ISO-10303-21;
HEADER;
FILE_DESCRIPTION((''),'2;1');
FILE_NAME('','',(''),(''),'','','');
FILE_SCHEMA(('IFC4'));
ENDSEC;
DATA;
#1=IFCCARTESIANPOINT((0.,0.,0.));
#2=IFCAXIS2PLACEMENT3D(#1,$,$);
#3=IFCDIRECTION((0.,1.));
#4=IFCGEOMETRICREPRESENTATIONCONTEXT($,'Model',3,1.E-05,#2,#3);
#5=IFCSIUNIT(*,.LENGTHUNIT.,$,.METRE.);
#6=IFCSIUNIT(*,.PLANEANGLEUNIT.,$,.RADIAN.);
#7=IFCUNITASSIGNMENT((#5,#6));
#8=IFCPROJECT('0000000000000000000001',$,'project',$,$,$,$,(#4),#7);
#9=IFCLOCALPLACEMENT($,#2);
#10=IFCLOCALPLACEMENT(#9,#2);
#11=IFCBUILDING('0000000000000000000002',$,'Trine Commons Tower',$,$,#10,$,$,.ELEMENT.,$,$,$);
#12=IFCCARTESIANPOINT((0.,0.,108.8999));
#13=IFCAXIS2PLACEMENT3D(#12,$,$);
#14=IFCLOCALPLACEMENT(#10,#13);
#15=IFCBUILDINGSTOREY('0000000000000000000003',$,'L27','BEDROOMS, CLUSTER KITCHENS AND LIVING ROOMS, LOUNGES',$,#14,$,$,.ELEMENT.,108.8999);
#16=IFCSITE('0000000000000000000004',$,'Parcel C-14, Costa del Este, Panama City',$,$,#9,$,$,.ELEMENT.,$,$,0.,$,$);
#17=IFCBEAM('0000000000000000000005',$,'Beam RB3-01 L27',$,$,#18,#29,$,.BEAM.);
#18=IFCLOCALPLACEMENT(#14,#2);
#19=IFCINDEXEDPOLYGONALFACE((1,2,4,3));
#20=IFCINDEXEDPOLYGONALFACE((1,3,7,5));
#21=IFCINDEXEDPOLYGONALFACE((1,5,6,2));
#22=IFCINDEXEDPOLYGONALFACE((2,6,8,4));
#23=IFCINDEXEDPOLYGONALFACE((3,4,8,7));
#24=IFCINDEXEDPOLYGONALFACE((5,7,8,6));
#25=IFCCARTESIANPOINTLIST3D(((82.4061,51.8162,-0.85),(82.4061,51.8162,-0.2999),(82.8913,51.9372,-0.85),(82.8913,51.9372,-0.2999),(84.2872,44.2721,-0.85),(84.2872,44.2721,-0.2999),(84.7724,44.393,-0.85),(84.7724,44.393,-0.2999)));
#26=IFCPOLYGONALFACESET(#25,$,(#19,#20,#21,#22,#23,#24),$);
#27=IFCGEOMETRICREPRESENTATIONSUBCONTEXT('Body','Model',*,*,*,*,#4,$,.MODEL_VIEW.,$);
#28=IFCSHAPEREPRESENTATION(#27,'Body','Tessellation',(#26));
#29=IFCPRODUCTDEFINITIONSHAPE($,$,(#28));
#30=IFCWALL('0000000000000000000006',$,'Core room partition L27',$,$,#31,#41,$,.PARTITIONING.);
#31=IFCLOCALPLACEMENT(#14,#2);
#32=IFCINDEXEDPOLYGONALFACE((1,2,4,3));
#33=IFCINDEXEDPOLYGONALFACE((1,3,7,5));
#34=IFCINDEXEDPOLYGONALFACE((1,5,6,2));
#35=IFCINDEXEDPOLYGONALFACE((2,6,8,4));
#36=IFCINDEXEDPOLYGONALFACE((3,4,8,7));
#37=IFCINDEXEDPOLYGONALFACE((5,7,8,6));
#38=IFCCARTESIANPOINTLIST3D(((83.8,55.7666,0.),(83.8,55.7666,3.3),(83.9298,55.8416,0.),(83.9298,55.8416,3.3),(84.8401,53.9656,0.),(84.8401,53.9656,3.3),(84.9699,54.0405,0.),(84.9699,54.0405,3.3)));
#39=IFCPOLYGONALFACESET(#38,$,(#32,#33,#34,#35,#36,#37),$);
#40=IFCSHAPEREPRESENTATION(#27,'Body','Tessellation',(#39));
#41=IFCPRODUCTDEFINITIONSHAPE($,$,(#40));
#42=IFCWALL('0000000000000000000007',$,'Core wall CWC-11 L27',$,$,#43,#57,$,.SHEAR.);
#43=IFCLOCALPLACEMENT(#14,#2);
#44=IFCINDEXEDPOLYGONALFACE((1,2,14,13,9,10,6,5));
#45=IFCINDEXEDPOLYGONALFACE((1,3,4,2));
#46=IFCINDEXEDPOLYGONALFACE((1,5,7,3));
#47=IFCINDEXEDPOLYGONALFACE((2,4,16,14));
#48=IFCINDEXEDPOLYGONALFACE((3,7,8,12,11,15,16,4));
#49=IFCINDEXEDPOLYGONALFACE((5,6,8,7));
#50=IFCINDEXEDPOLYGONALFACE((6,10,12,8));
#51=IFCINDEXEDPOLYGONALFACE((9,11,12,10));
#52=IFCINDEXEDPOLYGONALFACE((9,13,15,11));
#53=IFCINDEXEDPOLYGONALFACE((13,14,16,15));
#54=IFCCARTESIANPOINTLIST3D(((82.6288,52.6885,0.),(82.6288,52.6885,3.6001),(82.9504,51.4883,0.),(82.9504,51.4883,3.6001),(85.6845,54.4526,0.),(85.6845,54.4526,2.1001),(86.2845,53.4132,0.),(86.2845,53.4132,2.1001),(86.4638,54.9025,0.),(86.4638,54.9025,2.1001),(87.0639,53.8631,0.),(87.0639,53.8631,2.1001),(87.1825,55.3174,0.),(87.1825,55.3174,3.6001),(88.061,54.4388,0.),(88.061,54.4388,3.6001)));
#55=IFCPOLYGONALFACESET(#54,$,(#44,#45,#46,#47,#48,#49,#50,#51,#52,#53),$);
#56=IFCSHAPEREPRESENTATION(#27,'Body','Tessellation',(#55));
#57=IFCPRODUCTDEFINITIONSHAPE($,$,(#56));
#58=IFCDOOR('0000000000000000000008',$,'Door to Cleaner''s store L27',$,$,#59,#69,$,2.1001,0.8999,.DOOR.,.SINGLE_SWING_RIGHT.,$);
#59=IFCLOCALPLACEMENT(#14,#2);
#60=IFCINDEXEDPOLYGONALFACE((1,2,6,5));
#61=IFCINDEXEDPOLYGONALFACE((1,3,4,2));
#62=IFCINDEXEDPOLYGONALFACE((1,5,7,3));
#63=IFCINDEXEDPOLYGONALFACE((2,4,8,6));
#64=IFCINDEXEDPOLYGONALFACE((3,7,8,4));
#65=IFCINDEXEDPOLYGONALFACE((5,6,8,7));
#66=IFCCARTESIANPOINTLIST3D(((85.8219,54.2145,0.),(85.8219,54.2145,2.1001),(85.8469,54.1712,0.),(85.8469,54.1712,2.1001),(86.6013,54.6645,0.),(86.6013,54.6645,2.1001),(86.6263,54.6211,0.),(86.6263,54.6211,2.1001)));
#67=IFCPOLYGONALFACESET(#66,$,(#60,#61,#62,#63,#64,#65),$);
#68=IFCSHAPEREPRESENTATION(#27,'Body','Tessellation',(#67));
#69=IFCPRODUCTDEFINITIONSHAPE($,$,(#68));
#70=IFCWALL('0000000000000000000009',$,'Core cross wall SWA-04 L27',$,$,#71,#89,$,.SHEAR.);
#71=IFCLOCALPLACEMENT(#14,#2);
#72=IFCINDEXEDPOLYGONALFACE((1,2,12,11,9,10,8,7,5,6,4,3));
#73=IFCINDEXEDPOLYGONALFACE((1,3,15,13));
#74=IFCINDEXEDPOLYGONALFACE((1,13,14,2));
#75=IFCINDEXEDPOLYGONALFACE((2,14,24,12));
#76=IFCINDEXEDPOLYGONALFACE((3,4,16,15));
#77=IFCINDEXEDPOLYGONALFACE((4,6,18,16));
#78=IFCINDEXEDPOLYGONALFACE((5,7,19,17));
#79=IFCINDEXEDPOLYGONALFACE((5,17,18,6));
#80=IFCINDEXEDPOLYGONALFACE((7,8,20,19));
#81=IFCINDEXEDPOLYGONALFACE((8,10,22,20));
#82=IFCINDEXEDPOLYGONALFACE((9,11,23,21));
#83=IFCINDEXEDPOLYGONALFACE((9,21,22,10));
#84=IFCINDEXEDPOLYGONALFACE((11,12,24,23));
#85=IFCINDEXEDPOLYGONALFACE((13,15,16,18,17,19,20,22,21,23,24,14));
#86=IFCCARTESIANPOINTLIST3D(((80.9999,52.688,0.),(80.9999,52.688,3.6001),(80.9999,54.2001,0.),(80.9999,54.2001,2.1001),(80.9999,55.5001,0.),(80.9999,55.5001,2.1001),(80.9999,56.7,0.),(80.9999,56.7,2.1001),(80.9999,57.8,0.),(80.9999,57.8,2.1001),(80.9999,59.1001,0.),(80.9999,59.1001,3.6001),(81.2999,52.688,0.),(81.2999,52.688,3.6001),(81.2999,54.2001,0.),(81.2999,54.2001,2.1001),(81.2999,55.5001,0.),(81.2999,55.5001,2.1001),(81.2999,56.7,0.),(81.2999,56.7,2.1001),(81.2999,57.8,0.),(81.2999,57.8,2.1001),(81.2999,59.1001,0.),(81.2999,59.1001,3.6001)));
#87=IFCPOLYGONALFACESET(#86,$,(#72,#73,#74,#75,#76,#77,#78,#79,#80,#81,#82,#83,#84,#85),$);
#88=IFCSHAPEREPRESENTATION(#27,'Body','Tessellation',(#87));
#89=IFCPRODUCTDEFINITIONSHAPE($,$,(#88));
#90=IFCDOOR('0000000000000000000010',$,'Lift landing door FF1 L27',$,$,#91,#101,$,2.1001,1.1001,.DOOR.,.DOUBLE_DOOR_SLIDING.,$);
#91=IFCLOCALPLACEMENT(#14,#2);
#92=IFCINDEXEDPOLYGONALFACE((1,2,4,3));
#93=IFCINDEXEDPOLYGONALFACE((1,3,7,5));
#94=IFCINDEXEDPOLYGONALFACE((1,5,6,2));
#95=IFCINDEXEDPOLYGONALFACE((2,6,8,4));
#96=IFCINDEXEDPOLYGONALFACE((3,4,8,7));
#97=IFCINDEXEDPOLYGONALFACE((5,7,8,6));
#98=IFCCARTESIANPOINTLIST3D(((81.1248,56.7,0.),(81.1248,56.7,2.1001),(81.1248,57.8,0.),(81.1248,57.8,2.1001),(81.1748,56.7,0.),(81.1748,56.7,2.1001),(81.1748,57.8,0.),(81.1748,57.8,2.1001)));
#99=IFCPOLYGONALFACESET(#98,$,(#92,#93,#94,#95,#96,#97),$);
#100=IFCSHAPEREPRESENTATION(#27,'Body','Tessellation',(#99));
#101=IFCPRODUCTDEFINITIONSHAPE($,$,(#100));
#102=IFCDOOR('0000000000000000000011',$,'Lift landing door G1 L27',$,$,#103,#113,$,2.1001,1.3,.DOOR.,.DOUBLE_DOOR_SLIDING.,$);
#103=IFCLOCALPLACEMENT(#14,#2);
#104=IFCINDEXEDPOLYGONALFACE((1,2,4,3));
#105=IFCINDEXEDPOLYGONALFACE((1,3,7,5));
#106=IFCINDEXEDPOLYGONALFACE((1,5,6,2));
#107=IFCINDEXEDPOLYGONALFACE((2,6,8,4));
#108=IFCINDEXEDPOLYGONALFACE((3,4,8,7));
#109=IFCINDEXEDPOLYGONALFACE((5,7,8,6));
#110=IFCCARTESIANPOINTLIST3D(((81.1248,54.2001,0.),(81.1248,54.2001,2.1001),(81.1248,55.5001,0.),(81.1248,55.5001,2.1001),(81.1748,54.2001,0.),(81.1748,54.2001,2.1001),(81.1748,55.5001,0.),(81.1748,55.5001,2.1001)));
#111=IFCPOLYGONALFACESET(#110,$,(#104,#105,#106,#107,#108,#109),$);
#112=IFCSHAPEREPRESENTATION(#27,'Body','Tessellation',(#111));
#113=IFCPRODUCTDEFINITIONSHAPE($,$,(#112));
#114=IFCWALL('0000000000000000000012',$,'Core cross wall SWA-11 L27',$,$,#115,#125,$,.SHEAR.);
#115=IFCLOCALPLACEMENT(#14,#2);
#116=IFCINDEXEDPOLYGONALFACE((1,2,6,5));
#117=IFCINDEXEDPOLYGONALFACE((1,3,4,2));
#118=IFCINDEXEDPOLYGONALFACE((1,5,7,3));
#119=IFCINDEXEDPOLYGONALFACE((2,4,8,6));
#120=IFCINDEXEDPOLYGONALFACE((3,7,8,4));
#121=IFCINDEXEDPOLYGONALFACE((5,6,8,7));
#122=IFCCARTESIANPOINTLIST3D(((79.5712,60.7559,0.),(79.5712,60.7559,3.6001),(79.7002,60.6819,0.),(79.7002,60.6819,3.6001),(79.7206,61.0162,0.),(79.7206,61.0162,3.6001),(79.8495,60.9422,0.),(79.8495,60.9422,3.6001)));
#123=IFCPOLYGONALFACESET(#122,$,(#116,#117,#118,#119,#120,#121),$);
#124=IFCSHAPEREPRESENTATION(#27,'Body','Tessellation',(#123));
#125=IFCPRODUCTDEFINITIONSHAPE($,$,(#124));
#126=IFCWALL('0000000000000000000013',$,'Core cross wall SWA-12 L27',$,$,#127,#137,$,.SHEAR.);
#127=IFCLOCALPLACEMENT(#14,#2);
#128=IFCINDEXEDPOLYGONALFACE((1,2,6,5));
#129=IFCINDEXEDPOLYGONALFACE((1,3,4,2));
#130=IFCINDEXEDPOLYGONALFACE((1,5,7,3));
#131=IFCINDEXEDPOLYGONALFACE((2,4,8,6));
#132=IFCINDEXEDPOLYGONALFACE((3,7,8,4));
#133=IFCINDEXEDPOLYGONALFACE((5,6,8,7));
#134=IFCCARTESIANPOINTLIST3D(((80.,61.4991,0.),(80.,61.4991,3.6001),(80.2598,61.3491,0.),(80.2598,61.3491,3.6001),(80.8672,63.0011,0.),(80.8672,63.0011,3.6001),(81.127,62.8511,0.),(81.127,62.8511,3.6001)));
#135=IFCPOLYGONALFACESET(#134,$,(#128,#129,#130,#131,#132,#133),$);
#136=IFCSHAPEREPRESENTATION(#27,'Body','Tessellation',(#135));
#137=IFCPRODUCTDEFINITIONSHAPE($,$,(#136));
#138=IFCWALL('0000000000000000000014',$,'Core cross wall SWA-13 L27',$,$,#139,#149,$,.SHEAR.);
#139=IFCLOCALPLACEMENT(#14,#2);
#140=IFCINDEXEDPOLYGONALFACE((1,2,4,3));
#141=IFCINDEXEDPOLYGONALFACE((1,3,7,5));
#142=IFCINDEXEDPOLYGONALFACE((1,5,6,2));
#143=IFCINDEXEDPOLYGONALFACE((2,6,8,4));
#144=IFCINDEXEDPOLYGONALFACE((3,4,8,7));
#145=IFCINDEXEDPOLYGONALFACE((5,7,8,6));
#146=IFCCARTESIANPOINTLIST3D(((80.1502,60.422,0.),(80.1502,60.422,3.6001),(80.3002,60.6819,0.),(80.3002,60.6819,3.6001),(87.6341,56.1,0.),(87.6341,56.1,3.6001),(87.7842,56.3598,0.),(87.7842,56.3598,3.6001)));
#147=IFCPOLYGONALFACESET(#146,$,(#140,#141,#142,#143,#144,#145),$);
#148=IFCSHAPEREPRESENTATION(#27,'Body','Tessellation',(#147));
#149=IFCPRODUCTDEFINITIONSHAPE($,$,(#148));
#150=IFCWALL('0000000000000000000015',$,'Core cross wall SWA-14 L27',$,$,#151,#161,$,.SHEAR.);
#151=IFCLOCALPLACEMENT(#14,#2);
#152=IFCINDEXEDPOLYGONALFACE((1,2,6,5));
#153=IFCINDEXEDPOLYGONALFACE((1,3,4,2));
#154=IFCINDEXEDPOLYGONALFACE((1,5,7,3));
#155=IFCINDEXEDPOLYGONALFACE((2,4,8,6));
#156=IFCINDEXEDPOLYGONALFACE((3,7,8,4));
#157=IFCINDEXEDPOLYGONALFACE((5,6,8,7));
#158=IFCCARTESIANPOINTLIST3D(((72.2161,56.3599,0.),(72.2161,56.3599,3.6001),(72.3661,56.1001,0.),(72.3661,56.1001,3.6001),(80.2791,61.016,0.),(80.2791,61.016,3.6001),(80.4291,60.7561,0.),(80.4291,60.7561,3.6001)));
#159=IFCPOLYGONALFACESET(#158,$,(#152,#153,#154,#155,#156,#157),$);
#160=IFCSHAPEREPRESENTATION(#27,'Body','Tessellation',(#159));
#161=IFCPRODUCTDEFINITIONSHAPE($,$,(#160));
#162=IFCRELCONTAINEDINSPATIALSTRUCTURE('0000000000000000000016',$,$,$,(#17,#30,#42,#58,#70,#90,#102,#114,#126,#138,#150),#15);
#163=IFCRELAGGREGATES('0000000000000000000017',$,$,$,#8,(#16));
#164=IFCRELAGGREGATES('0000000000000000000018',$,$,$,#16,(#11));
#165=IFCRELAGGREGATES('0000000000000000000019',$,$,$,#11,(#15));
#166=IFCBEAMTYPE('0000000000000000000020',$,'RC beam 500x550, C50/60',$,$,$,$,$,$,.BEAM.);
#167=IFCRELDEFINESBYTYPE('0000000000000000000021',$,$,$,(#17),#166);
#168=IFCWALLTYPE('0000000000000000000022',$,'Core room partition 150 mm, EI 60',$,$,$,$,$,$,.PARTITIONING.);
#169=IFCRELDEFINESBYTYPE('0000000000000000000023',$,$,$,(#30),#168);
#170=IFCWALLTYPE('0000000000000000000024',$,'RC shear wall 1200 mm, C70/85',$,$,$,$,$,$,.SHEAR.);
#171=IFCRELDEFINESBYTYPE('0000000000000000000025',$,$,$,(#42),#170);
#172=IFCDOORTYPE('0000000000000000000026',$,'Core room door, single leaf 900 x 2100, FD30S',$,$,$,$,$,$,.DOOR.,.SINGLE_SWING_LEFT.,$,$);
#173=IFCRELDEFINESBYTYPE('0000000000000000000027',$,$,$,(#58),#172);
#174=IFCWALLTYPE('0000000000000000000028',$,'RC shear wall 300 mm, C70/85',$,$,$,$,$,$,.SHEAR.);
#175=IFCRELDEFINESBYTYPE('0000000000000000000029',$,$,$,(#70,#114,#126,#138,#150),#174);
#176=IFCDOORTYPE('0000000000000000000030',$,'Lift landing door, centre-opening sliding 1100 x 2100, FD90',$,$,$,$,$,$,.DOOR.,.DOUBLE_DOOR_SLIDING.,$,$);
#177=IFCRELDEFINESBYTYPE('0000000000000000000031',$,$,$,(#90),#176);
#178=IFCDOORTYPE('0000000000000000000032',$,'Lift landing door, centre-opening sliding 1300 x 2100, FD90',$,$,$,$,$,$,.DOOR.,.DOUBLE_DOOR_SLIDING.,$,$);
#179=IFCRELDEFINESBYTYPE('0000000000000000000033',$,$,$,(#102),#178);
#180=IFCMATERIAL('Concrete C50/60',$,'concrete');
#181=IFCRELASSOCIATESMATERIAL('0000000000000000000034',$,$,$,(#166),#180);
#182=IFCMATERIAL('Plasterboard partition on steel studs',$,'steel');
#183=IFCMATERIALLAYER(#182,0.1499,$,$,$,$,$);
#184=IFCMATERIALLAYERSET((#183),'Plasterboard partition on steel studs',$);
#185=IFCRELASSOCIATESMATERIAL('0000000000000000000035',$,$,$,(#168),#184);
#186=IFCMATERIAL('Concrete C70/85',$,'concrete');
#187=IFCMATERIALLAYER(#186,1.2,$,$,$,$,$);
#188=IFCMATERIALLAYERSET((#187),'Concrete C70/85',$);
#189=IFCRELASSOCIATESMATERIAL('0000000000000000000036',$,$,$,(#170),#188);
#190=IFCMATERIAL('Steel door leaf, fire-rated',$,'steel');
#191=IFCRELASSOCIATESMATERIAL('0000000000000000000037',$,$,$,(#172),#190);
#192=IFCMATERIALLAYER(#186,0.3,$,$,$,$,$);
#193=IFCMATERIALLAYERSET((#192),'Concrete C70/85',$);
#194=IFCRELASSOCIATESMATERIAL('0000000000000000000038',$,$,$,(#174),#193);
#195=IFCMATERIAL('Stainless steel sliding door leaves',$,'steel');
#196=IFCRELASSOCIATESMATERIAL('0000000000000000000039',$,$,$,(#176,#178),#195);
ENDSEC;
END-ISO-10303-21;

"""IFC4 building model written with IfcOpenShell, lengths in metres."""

from ifc_helpers import new_model, si_unit, direction, frame, frame_2d, origin, origin_2d, place, context, subcontext, project, spatial, polyline, rectangle, outline, extrude, material, layer, layer_set, material_profile, profile_set, type_object, element, fill, save


model = new_model("IFC4")

# Units and contexts
model_context = context("Model", 3, precision=1e-05, world=origin(), true_north=direction((0.0, 1.0)))
body_context = subcontext(model_context, "Body", "Model", "MODEL_VIEW")
ifc_project = project(units=[si_unit("LENGTHUNIT", "METRE"), si_unit("PLANEANGLEUNIT", "RADIAN")], contexts=[model_context])

# Site, building, storey
site_placement = place(None, origin())
site = spatial("IfcSite", under=ifc_project, at=site_placement, Name="Parcel C-14, Costa del Este, Panama City", CompositionType="ELEMENT", RefElevation=0.0)
building_placement = place(site_placement, origin())
building = spatial("IfcBuilding", under=site, at=building_placement, Name="Trine Commons Tower", CompositionType="ELEMENT")
storey_placement = place(building_placement, frame((0.0, 0.0, 108.8999)))
storey = spatial("IfcBuildingStorey", under=building, at=storey_placement, Name="L27", Description="BEDROOMS, CLUSTER KITCHENS AND LIVING ROOMS, LOUNGES", CompositionType="ELEMENT", Elevation=108.8999)

# Beam
ifc_material_1 = material(Name="Concrete C50/60", Category="concrete")
ifc_material_profile = material_profile(ifc_material_1, rectangle(XDim=0.5, YDim=0.55, at=origin_2d()), Name="RC 500x550")
ifc_profile_set = profile_set([ifc_material_profile], Name="Concrete C50/60")
beam_type = type_object("IfcBeamType", Name="RC beam 500x550, C50/60", PredefinedType="BEAM", material=ifc_profile_set)
beam_placement = place(storey_placement, frame((82.6487, 51.8767, -0.575), z_axis=(0.241937, -0.970292, 0.0), x_axis=(0.970292, 0.241937, 0.0)))
element("IfcBeam", 1, at=beam_placement, inside=storey, type_object=beam_type, Name="Beam RB3-01 L27", PredefinedType="BEAM", context=body_context, shape_type="SweptSolid", body=[
    extrude(rectangle(XDim=0.5, YDim=0.55, at=origin_2d()), origin(), (0.0, 0.0, 1.0), 7.7751),
])

# Wall
ifc_material_2 = material(Name="Plasterboard partition on steel studs", Category="steel")
ifc_layer_1 = layer(ifc_material_2, 0.1499)
ifc_layer_set_1 = layer_set([ifc_layer_1], Name="Plasterboard partition on steel studs")
wall_type_1 = type_object("IfcWallType", Name="Core room partition 150 mm, EI 60", PredefinedType="PARTITIONING", material=ifc_layer_set_1)
wall_1_placement = place(storey_placement, frame((84.905, 54.0029, 0.0), z_axis=(0.0, 0.0, 1.0), x_axis=(-0.500078, 0.86598, 0.0)))
element("IfcWall", 2, at=wall_1_placement, inside=storey, type_object=wall_type_1, Name="Core room partition L27", PredefinedType="PARTITIONING", context=body_context, shape_type="SweptSolid", body=[
    extrude(rectangle(XDim=2.0798, YDim=0.1499, at=frame_2d((1.04, 0.0))), origin(), (0.0, 0.0, 1.0), 3.3),
])

# Wall, opening, door
ifc_material_3 = material(Name="Concrete C70/85", Category="concrete")
ifc_layer_2 = layer(ifc_material_3, 1.2)
ifc_layer_set_2 = layer_set([ifc_layer_2], Name="Concrete C70/85")
wall_type_2 = type_object("IfcWallType", Name="RC shear wall 1200 mm, C70/85", PredefinedType="SHEAR", material=ifc_layer_set_2)
wall_2_placement = place(storey_placement, frame((82.6504, 52.0081, 0.0), z_axis=(0.0, 0.0, 1.0), x_axis=(0.866037, 0.499979, 0.0)))
wall_2 = element("IfcWall", 3, at=wall_2_placement, inside=storey, type_object=wall_type_2, Name="Core wall CWC-11 L27", PredefinedType="SHEAR", context=body_context, shape_type="SweptSolid", body=[
    extrude(outline(polyline([(0.0, -0.6001), (5.9011, -0.6001), (5.5796, 0.6001), (0.3215, 0.6001), (0.0, -0.6001)])), origin(), (0.0, 0.0, 1.0), 3.6001),
])
opening_1_placement = place(wall_2_placement, frame((3.8499, 0.0, 0.0)))
opening_1 = element("IfcOpeningElement", 4, at=opening_1_placement, cuts=wall_2, PredefinedType="OPENING", context=body_context, shape_type="SweptSolid", body=[
    extrude(rectangle(XDim=0.8999, YDim=2.1001, at=frame_2d((0.45, 1.05))), frame((0.0, 0.6099, 0.0), z_axis=(0.0, -1.0, 0.0), x_axis=(1.0, 0.0, 0.0)), (0.0, 0.0, 1.0), 1.22),
])
ifc_material_4 = material(Name="Steel door leaf, fire-rated", Category="steel")
door_type_1 = type_object("IfcDoorType", Name="Core room door, single leaf 900 x 2100, FD30S", OperationType="SINGLE_SWING_LEFT", PredefinedType="DOOR", material=ifc_material_4)
door_1_placement = place(opening_1_placement, origin())
door_1 = element("IfcDoor", 5, at=door_1_placement, inside=storey, type_object=door_type_1, Name="Door to Cleaner's store L27", OperationType="SINGLE_SWING_RIGHT", OverallHeight=2.1001, OverallWidth=0.8999, PredefinedType="DOOR", context=body_context, shape_type="SweptSolid", body=[
    extrude(rectangle(XDim=0.8999, YDim=2.1001, at=frame_2d((0.45, 1.05))), frame((0.0, 0.3252, 0.0), z_axis=(0.0, -1.0, 0.0), x_axis=(1.0, 0.0, 0.0)), (0.0, 0.0, 1.0), 0.05),
])
fill(opening_1, door_1)

# Wall, openings, doors
ifc_layer_3 = layer(ifc_material_3, 0.3)
ifc_layer_set_3 = layer_set([ifc_layer_3], Name="Concrete C70/85")
wall_type_3 = type_object("IfcWallType", Name="RC shear wall 300 mm, C70/85", PredefinedType="SHEAR", material=ifc_layer_set_3)
wall_3_placement = place(storey_placement, frame((81.1499, 59.1001, 0.0), z_axis=(0.0, 0.0, 1.0), x_axis=(0.0, -1.0, 0.0)))
wall_3 = element("IfcWall", 6, at=wall_3_placement, inside=storey, type_object=wall_type_3, Name="Core cross wall SWA-04 L27", PredefinedType="SHEAR", context=body_context, shape_type="SweptSolid", body=[
    extrude(rectangle(XDim=6.4121, YDim=0.3, at=frame_2d((3.2061, 0.0))), origin(), (0.0, 0.0, 1.0), 3.6001),
])
opening_2_placement = place(wall_3_placement, frame((3.6001, 0.0, 0.0)))
opening_2 = element("IfcOpeningElement", 7, at=opening_2_placement, cuts=wall_3, PredefinedType="OPENING", context=body_context, shape_type="SweptSolid", body=[
    extrude(rectangle(XDim=1.3, YDim=2.1001, at=frame_2d((0.6499, 1.05))), frame((0.0, 0.1599, 0.0), z_axis=(0.0, -1.0, 0.0), x_axis=(1.0, 0.0, 0.0)), (0.0, 0.0, 1.0), 0.3201),
])
opening_3_placement = place(wall_3_placement, frame((1.3, 0.0, 0.0)))
opening_3 = element("IfcOpeningElement", 8, at=opening_3_placement, cuts=wall_3, PredefinedType="OPENING", context=body_context, shape_type="SweptSolid", body=[
    extrude(rectangle(XDim=1.1001, YDim=2.1001, at=frame_2d((0.55, 1.05))), frame((0.0, 0.1599, 0.0), z_axis=(0.0, -1.0, 0.0), x_axis=(1.0, 0.0, 0.0)), (0.0, 0.0, 1.0), 0.3201),
])
ifc_material_5 = material(Name="Stainless steel sliding door leaves", Category="steel")
door_type_2 = type_object("IfcDoorType", Name="Lift landing door, centre-opening sliding 1100 x 2100, FD90", OperationType="DOUBLE_DOOR_SLIDING", PredefinedType="DOOR", material=ifc_material_5)
door_2_placement = place(opening_3_placement, origin())
door_2 = element("IfcDoor", 9, at=door_2_placement, inside=storey, type_object=door_type_2, Name="Lift landing door FF1 L27", OperationType="DOUBLE_DOOR_SLIDING", OverallHeight=2.1001, OverallWidth=1.1001, PredefinedType="DOOR", context=body_context, shape_type="SweptSolid", body=[
    extrude(rectangle(XDim=1.1001, YDim=2.1001, at=frame_2d((0.55, 1.05))), frame((0.0, 0.0249, 0.0), z_axis=(0.0, -1.0, 0.0), x_axis=(1.0, 0.0, 0.0)), (0.0, 0.0, 1.0), 0.05),
])
fill(opening_3, door_2)
door_type_3 = type_object("IfcDoorType", Name="Lift landing door, centre-opening sliding 1300 x 2100, FD90", OperationType="DOUBLE_DOOR_SLIDING", PredefinedType="DOOR", material=ifc_material_5)
door_3_placement = place(opening_2_placement, origin())
door_3 = element("IfcDoor", 10, at=door_3_placement, inside=storey, type_object=door_type_3, Name="Lift landing door G1 L27", OperationType="DOUBLE_DOOR_SLIDING", OverallHeight=2.1001, OverallWidth=1.3, PredefinedType="DOOR", context=body_context, shape_type="SweptSolid", body=[
    extrude(rectangle(XDim=1.3, YDim=2.1001, at=frame_2d((0.6499, 1.05))), frame((0.0, 0.0249, 0.0), z_axis=(0.0, -1.0, 0.0), x_axis=(1.0, 0.0, 0.0)), (0.0, 0.0, 1.0), 0.05),
])
fill(opening_2, door_3)

# Walls
wall_4_placement = place(storey_placement, frame((79.646, 60.886, 0.0), z_axis=(0.0, 0.0, 1.0), x_axis=(0.867332, -0.49773, 0.0)))
element("IfcWall", 11, at=wall_4_placement, inside=storey, type_object=wall_type_3, Name="Core cross wall SWA-11 L27", PredefinedType="SHEAR", context=body_context, shape_type="SweptSolid", body=[
    extrude(rectangle(XDim=0.1487, YDim=0.3, at=frame_2d((0.0742, 0.0))), origin(), (0.0, 0.0, 1.0), 3.6001),
])
wall_5_placement = place(storey_placement, frame((80.1299, 61.4241, 0.0), z_axis=(0.0, 0.0, 1.0), x_axis=(0.500015, 0.866017, 0.0)))
element("IfcWall", 12, at=wall_5_placement, inside=storey, type_object=wall_type_3, Name="Core cross wall SWA-12 L27", PredefinedType="SHEAR", context=body_context, shape_type="SweptSolid", body=[
    extrude(rectangle(XDim=1.7344, YDim=0.3, at=frame_2d((0.8672, 0.0))), origin(), (0.0, 0.0, 1.0), 3.6001),
])
wall_6_placement = place(storey_placement, frame((80.2251, 60.552, 0.0), z_axis=(0.0, 0.0, 1.0), x_axis=(0.865965, -0.500104, 0.0)))
element("IfcWall", 13, at=wall_6_placement, inside=storey, type_object=wall_type_3, Name="Core cross wall SWA-13 L27", PredefinedType="SHEAR", context=body_context, shape_type="SweptSolid", body=[
    extrude(rectangle(XDim=8.6423, YDim=0.3, at=frame_2d((4.3213, 0.0))), origin(), (0.0, 0.0, 1.0), 3.6001),
])
wall_7_placement = place(storey_placement, frame((80.354, 60.886, 0.0), z_axis=(0.0, 0.0, 1.0), x_axis=(-0.865986, -0.500067, 0.0)))
element("IfcWall", 14, at=wall_7_placement, inside=storey, type_object=wall_type_3, Name="Core cross wall SWA-14 L27", PredefinedType="SHEAR", context=body_context, shape_type="SweptSolid", body=[
    extrude(rectangle(XDim=9.3108, YDim=0.3, at=frame_2d((4.6553, 0.0))), origin(), (0.0, 0.0, 1.0), 3.6001),
])

save(model, "model.ifc")
